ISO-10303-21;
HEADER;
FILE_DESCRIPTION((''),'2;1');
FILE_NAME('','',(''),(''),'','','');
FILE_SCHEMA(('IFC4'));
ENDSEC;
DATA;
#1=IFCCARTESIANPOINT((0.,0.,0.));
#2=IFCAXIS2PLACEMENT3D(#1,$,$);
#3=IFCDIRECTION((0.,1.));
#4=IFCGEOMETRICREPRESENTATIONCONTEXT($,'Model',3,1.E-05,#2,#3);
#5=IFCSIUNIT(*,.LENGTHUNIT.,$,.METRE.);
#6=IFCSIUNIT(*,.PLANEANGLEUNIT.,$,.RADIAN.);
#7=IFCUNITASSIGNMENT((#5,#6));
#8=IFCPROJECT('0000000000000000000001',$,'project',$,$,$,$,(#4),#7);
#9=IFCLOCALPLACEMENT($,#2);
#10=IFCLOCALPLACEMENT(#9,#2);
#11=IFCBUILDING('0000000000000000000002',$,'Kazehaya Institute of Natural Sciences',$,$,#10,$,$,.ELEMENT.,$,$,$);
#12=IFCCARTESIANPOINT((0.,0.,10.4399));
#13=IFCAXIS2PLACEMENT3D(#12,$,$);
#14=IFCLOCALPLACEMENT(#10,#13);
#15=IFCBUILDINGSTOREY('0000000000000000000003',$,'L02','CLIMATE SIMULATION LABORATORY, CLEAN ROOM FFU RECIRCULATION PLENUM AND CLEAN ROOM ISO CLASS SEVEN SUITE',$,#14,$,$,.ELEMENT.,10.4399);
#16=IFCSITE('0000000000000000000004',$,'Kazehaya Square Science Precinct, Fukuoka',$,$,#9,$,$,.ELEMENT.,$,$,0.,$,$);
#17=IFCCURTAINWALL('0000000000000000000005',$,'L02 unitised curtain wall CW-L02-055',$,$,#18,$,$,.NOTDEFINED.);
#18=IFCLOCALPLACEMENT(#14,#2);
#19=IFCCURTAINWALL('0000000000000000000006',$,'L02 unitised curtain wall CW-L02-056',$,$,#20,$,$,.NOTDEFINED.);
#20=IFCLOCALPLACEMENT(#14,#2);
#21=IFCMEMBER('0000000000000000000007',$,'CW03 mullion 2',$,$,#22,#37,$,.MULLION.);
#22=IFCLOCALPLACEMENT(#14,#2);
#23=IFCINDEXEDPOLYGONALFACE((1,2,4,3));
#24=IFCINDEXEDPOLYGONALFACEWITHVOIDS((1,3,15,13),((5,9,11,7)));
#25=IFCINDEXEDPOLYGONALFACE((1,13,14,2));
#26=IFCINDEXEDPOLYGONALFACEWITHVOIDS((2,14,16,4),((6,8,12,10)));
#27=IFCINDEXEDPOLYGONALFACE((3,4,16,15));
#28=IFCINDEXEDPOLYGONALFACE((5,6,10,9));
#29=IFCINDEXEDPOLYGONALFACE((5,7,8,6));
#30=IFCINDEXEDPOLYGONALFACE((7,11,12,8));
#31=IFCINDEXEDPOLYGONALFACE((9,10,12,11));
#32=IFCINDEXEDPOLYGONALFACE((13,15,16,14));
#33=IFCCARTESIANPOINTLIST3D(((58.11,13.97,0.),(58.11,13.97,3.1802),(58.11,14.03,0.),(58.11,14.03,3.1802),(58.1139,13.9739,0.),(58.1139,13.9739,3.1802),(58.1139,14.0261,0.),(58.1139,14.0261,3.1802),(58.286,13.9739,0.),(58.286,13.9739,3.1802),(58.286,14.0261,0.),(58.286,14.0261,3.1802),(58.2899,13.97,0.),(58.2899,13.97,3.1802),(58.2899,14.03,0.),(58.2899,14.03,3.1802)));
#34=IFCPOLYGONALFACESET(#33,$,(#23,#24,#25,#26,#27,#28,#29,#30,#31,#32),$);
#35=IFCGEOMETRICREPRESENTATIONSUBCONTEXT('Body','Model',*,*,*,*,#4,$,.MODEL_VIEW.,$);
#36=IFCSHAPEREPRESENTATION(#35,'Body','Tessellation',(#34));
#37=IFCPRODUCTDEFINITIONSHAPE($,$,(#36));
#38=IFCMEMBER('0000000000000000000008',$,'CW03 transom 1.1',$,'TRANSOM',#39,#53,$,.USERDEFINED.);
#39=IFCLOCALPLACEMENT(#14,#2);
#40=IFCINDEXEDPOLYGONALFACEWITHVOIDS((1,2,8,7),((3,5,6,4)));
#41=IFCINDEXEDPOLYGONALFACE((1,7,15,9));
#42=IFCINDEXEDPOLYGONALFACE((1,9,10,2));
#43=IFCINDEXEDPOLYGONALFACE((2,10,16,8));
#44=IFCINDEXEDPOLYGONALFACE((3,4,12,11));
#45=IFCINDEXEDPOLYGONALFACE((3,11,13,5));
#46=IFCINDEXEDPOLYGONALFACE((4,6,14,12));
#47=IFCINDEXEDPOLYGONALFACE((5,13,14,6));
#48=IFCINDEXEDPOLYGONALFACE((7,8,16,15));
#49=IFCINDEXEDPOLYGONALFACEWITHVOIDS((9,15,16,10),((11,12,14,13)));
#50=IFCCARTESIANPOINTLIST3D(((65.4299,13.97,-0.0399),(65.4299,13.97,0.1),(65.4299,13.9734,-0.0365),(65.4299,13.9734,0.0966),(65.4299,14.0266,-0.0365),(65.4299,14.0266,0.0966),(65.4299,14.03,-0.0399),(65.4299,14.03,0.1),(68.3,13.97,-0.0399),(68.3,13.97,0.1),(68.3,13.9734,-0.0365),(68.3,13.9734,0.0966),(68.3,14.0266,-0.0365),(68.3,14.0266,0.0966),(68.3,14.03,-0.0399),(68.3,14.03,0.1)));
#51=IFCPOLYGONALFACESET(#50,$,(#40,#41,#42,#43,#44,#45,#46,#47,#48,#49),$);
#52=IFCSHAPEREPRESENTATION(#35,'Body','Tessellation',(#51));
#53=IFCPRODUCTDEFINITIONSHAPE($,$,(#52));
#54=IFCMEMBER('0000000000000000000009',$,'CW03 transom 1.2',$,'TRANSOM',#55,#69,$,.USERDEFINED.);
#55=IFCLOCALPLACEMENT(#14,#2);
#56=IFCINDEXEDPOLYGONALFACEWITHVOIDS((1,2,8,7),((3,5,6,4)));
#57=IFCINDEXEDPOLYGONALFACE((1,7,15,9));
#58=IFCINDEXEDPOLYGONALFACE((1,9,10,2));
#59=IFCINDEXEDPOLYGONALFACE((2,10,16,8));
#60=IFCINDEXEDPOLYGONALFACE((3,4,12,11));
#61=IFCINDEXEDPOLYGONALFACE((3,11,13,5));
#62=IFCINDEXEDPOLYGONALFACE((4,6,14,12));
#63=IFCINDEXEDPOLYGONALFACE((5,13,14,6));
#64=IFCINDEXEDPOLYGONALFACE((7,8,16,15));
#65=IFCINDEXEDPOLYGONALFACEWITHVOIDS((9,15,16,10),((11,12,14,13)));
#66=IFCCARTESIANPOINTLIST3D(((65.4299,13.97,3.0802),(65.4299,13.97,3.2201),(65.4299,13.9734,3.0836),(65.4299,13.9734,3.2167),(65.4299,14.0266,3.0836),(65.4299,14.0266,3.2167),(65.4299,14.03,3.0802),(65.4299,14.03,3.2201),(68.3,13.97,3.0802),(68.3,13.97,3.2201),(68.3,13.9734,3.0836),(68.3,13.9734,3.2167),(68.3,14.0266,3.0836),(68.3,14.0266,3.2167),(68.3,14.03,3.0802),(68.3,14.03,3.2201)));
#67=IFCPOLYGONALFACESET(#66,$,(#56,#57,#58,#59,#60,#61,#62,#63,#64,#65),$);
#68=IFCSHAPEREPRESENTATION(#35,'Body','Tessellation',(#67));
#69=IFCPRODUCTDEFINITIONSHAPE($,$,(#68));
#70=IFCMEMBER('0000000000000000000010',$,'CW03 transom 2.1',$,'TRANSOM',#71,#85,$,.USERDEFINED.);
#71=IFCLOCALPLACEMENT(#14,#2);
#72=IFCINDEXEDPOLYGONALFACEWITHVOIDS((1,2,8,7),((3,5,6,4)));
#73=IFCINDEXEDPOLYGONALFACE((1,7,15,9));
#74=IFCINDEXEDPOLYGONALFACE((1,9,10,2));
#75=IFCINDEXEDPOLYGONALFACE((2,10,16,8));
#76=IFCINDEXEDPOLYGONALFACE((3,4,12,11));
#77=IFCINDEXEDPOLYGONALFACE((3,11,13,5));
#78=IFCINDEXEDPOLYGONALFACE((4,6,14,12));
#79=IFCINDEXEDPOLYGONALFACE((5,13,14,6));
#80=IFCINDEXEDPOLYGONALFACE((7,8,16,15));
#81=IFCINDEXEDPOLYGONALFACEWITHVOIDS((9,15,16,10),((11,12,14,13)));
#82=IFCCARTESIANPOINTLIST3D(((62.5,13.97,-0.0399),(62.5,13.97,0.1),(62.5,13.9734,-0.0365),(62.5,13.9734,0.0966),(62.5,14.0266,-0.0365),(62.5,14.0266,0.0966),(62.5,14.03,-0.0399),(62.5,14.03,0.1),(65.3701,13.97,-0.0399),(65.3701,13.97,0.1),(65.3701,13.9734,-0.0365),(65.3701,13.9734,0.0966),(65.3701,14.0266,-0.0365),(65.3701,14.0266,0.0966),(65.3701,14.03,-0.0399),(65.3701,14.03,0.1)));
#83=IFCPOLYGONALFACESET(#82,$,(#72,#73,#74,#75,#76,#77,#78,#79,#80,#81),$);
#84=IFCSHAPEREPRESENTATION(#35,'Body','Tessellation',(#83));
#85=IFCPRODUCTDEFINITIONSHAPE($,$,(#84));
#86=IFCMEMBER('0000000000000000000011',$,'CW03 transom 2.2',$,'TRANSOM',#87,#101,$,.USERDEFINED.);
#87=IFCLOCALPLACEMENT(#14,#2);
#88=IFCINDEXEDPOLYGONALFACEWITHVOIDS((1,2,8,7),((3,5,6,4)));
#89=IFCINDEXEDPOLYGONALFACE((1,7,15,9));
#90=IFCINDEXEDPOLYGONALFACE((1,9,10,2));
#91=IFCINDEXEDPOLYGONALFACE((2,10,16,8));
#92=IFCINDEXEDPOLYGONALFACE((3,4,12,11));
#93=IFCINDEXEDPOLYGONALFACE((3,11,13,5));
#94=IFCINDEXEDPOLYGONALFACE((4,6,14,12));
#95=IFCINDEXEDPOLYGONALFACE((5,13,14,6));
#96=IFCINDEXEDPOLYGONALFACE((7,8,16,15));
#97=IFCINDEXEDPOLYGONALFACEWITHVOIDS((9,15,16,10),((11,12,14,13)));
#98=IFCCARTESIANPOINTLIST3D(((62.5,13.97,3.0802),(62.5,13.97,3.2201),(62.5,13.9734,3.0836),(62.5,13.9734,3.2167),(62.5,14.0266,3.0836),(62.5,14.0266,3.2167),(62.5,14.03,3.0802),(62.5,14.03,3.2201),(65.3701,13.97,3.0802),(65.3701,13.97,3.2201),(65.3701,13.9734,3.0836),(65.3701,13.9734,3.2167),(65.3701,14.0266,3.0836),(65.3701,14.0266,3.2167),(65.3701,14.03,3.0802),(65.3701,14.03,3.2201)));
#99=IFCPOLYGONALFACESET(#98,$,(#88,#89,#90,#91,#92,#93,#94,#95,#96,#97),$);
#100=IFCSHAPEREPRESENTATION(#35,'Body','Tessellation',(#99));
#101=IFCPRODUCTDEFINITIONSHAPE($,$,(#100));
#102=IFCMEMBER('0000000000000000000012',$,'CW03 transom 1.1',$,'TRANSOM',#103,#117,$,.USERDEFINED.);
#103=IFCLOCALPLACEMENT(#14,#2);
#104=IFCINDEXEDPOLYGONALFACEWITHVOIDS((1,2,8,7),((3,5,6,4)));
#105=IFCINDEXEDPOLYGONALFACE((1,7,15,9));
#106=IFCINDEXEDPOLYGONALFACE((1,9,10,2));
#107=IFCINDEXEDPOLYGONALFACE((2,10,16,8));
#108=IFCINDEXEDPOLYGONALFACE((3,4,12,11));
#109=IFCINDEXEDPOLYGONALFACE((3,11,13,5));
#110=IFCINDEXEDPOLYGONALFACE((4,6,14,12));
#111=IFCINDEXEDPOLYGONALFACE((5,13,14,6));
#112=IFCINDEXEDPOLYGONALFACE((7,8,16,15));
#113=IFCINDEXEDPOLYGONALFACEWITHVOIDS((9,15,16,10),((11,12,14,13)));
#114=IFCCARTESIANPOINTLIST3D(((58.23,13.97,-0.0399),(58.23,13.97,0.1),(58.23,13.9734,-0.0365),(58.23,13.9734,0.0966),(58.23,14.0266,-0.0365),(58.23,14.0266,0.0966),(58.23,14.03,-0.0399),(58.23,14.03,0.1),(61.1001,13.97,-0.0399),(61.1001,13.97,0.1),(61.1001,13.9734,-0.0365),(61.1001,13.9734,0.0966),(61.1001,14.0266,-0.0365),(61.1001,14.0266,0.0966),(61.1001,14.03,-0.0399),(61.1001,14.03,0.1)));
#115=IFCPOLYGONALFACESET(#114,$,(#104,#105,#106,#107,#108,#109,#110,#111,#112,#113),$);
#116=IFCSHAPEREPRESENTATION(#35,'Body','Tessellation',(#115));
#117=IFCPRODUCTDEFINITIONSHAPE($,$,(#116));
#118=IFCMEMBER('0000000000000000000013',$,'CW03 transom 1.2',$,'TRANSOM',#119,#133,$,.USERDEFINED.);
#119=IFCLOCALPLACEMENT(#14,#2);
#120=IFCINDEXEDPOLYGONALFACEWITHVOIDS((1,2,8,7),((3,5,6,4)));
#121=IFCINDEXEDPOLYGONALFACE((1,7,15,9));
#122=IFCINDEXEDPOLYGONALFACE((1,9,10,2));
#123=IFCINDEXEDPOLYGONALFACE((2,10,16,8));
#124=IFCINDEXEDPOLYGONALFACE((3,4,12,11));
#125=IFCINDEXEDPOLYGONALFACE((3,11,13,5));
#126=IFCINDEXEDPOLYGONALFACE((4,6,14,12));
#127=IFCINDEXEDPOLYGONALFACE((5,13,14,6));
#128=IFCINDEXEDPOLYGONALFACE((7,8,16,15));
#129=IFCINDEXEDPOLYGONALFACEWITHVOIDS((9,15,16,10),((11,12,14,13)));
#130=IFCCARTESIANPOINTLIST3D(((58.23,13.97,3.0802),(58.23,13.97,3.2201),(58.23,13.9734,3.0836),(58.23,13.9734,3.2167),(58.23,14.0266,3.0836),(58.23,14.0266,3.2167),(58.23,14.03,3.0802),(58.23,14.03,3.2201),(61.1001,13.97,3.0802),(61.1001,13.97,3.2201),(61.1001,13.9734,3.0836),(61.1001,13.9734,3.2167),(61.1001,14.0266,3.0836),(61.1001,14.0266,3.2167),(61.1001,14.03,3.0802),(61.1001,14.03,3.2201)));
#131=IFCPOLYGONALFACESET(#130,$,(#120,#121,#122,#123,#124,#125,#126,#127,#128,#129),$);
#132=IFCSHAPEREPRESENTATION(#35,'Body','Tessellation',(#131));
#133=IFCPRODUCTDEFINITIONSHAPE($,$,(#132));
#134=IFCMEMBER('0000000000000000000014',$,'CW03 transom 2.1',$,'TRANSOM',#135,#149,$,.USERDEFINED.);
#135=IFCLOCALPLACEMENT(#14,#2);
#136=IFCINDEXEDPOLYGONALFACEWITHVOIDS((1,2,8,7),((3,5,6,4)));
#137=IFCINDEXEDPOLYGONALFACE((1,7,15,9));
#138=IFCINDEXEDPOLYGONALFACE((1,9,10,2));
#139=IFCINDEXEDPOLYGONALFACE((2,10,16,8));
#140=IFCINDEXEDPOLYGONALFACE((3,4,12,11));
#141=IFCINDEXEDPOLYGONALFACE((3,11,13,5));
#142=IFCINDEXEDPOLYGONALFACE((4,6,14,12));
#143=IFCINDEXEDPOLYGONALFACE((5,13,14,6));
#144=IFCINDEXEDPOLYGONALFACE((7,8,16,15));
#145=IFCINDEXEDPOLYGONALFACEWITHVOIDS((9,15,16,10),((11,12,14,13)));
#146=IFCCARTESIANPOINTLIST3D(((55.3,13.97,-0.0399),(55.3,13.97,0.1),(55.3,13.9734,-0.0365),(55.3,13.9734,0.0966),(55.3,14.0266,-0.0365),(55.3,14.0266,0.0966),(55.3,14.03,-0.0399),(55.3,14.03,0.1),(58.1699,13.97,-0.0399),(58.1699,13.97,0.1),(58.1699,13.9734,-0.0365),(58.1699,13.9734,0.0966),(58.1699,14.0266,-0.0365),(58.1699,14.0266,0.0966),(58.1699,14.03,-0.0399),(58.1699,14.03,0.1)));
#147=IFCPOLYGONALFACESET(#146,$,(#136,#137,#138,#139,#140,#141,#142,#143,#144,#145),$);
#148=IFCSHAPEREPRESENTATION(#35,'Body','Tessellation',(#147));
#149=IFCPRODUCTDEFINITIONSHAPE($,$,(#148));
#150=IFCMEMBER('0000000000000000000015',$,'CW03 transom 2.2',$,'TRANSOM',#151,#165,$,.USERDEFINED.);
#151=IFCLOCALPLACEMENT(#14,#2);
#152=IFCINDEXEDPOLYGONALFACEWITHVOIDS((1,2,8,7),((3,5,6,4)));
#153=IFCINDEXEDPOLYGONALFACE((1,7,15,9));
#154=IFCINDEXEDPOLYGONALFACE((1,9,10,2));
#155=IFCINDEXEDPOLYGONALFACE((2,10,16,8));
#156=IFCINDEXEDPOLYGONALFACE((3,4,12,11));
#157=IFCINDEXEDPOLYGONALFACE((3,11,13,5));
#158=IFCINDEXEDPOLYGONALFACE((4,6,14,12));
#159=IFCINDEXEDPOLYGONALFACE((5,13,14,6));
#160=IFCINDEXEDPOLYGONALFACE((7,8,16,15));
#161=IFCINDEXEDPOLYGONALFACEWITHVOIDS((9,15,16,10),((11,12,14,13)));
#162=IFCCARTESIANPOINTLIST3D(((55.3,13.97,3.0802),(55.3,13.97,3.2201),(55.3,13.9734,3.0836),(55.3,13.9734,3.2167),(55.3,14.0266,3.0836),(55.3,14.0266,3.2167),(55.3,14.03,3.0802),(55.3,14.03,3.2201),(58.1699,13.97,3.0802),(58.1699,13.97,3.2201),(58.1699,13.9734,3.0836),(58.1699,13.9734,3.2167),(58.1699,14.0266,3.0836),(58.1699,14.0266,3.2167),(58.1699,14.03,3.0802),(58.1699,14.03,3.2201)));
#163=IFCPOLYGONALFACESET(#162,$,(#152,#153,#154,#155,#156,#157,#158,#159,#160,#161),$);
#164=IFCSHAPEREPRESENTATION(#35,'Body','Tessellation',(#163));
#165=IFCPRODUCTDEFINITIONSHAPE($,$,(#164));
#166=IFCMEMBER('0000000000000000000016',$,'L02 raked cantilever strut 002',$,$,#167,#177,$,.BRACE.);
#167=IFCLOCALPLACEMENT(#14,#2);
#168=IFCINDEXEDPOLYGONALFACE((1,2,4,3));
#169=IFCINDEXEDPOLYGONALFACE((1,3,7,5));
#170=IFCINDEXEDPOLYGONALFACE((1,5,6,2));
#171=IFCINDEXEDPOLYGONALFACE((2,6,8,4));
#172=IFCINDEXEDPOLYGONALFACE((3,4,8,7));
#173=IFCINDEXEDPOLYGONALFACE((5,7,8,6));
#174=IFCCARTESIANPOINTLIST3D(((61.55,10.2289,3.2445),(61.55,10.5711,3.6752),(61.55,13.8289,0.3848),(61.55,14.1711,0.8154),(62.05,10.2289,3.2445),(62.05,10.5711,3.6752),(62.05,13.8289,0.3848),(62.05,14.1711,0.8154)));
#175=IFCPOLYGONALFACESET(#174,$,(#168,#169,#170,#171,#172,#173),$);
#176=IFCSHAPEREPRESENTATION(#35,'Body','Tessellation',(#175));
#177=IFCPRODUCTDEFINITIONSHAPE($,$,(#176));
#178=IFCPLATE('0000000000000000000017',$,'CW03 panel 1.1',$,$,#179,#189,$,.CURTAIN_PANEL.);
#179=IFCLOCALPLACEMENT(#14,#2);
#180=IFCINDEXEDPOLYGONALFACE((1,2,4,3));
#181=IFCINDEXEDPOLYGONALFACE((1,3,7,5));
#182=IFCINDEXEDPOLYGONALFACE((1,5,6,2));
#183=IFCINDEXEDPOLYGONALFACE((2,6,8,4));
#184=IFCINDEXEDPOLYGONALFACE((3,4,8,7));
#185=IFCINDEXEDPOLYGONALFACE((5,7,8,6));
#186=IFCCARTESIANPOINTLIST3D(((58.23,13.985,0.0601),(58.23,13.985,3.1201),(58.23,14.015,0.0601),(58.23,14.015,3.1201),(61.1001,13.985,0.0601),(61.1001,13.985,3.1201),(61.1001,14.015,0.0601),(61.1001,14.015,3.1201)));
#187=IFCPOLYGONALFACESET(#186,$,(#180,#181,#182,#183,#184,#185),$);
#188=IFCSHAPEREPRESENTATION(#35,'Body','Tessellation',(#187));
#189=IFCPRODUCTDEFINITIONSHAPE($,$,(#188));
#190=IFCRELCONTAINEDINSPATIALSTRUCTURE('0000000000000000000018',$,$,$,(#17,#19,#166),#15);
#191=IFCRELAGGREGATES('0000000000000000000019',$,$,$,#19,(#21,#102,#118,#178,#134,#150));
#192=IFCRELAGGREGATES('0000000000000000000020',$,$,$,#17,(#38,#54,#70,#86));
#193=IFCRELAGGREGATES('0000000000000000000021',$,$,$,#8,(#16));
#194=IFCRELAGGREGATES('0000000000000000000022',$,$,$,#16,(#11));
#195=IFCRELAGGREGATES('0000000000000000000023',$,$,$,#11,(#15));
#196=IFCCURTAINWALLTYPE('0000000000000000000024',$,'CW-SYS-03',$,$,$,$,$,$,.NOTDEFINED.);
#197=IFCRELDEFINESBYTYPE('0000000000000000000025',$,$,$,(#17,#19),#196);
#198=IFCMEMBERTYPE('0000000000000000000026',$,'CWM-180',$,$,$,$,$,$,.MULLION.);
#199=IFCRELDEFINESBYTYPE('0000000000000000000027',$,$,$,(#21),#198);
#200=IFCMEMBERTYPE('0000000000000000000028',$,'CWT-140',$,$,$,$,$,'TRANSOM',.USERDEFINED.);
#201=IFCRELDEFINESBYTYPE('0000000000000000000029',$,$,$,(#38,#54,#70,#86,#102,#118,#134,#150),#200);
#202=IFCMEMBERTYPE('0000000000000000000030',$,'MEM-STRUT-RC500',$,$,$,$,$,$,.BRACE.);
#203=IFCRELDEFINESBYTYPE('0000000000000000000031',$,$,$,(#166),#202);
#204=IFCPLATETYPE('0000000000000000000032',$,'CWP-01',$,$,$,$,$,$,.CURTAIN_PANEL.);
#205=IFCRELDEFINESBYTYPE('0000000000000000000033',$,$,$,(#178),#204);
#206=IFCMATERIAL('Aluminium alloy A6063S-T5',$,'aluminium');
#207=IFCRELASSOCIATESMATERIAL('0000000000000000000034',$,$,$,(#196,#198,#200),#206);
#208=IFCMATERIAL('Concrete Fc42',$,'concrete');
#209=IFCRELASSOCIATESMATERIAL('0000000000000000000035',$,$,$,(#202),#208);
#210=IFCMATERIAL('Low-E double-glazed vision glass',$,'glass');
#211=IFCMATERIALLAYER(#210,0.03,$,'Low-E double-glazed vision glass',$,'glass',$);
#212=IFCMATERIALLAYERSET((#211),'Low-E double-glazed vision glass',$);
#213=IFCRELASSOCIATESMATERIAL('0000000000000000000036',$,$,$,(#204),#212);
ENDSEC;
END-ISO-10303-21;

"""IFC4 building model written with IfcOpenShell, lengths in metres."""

from ifc_helpers import new_model, si_unit, direction, frame, origin, origin_2d, place, context, subcontext, project, spatial, rectangle, hollow_rectangle, extrude, material, layer, layer_set, material_profile, profile_set, type_object, element, aggregate, save


model = new_model("IFC4")

# Units and contexts
model_context = context("Model", 3, precision=1e-05, world=origin(), true_north=direction((0.0, 1.0)))
body_context = subcontext(model_context, "Body", "Model", "MODEL_VIEW")
ifc_project = project(units=[si_unit("LENGTHUNIT", "METRE"), si_unit("PLANEANGLEUNIT", "RADIAN")], contexts=[model_context])

# Site, building, storey
site_placement = place(None, origin())
site = spatial("IfcSite", under=ifc_project, at=site_placement, Name="Kazehaya Square Science Precinct, Fukuoka", CompositionType="ELEMENT", RefElevation=0.0)
building_placement = place(site_placement, origin())
building = spatial("IfcBuilding", under=site, at=building_placement, Name="Kazehaya Institute of Natural Sciences", CompositionType="ELEMENT")
storey_placement = place(building_placement, frame((0.0, 0.0, 10.4399)))
storey = spatial("IfcBuildingStorey", under=building, at=storey_placement, Name="L02", Description="CLIMATE SIMULATION LABORATORY, CLEAN ROOM FFU RECIRCULATION PLENUM AND CLEAN ROOM ISO CLASS SEVEN SUITE", CompositionType="ELEMENT", Elevation=10.4399)

# Shared definitions
ifc_material_1 = material(Name="Concrete Fc42", Category="concrete")

# Curtain walls, member
ifc_material_2 = material(Name="Aluminium alloy A6063S-T5", Category="aluminium")
curtain_wall_type = type_object("IfcCurtainWallType", Name="CW-SYS-03", PredefinedType="NOTDEFINED", material=ifc_material_2)
curtain_wall_1_placement = place(storey_placement, origin())
curtain_wall_1 = element("IfcCurtainWall", 1, at=curtain_wall_1_placement, inside=storey, type_object=curtain_wall_type, Name="L02 unitised curtain wall CW-L02-055", PredefinedType="NOTDEFINED")
ifc_material_profile_1 = material_profile(ifc_material_2, hollow_rectangle(XDim=0.0601, YDim=0.1799, WallThickness=0.0039, at=origin_2d()), Name="ALU-60x180x4")
ifc_profile_set_1 = profile_set([ifc_material_profile_1], Name="Aluminium alloy A6063S-T5")
member_type_1 = type_object("IfcMemberType", Name="CWM-180", PredefinedType="MULLION", material=ifc_profile_set_1)
curtain_wall_2_placement = place(storey_placement, origin())
curtain_wall_2 = element("IfcCurtainWall", 2, at=curtain_wall_2_placement, inside=storey, type_object=curtain_wall_type, Name="L02 unitised curtain wall CW-L02-056", PredefinedType="NOTDEFINED")
member_1_placement = place(storey_placement, frame((58.2, 14.0, 0.0), z_axis=(0.0, 0.0, 1.0), x_axis=(0.0, -1.0, 0.0)))
member_1 = element("IfcMember", 3, at=member_1_placement, type_object=member_type_1, Name="CW03 mullion 2", PredefinedType="MULLION", context=body_context, shape_type="SweptSolid", body=[
    extrude(hollow_rectangle(XDim=0.0601, YDim=0.1799, WallThickness=0.0039, at=origin_2d()), origin(), (0.0, 0.0, 1.0), 3.1802),
])

# Members
ifc_material_profile_2 = material_profile(ifc_material_2, hollow_rectangle(XDim=0.0601, YDim=0.1399, WallThickness=0.0034, at=origin_2d()), Name="ALU-60x140x3.5")
ifc_profile_set_2 = profile_set([ifc_material_profile_2], Name="Aluminium alloy A6063S-T5")
member_type_2 = type_object("IfcMemberType", Name="CWT-140", ElementType="TRANSOM", PredefinedType="USERDEFINED", material=ifc_profile_set_2)
member_2_placement = place(storey_placement, frame((68.3, 14.0, 0.03), z_axis=(-1.0, 0.0, 0.0), x_axis=(0.0, -1.0, 0.0)))
member_2 = element("IfcMember", 4, at=member_2_placement, type_object=member_type_2, Name="CW03 transom 1.1", ObjectType="TRANSOM", PredefinedType="USERDEFINED", context=body_context, shape_type="SweptSolid", body=[
    extrude(hollow_rectangle(XDim=0.0601, YDim=0.1399, WallThickness=0.0034, at=origin_2d()), origin(), (0.0, 0.0, 1.0), 2.8701),
])
member_3_placement = place(storey_placement, frame((68.3, 14.0, 3.1501), z_axis=(-1.0, 0.0, 0.0), x_axis=(0.0, -1.0, 0.0)))
member_3 = element("IfcMember", 5, at=member_3_placement, type_object=member_type_2, Name="CW03 transom 1.2", ObjectType="TRANSOM", PredefinedType="USERDEFINED", context=body_context, shape_type="SweptSolid", body=[
    extrude(hollow_rectangle(XDim=0.0601, YDim=0.1399, WallThickness=0.0034, at=origin_2d()), origin(), (0.0, 0.0, 1.0), 2.8701),
])
member_4_placement = place(storey_placement, frame((65.3701, 14.0, 0.03), z_axis=(-1.0, 0.0, 0.0), x_axis=(0.0, -1.0, 0.0)))
member_4 = element("IfcMember", 6, at=member_4_placement, type_object=member_type_2, Name="CW03 transom 2.1", ObjectType="TRANSOM", PredefinedType="USERDEFINED", context=body_context, shape_type="SweptSolid", body=[
    extrude(hollow_rectangle(XDim=0.0601, YDim=0.1399, WallThickness=0.0034, at=origin_2d()), origin(), (0.0, 0.0, 1.0), 2.8701),
])
member_5_placement = place(storey_placement, frame((65.3701, 14.0, 3.1501), z_axis=(-1.0, 0.0, 0.0), x_axis=(0.0, -1.0, 0.0)))
member_5 = element("IfcMember", 7, at=member_5_placement, type_object=member_type_2, Name="CW03 transom 2.2", ObjectType="TRANSOM", PredefinedType="USERDEFINED", context=body_context, shape_type="SweptSolid", body=[
    extrude(hollow_rectangle(XDim=0.0601, YDim=0.1399, WallThickness=0.0034, at=origin_2d()), origin(), (0.0, 0.0, 1.0), 2.8701),
])
member_6_placement = place(storey_placement, frame((61.1001, 14.0, 0.03), z_axis=(-1.0, 0.0, 0.0), x_axis=(0.0, -1.0, 0.0)))
member_6 = element("IfcMember", 8, at=member_6_placement, type_object=member_type_2, Name="CW03 transom 1.1", ObjectType="TRANSOM", PredefinedType="USERDEFINED", context=body_context, shape_type="SweptSolid", body=[
    extrude(hollow_rectangle(XDim=0.0601, YDim=0.1399, WallThickness=0.0034, at=origin_2d()), origin(), (0.0, 0.0, 1.0), 2.8701),
])
member_7_placement = place(storey_placement, frame((61.1001, 14.0, 3.1501), z_axis=(-1.0, 0.0, 0.0), x_axis=(0.0, -1.0, 0.0)))
member_7 = element("IfcMember", 9, at=member_7_placement, type_object=member_type_2, Name="CW03 transom 1.2", ObjectType="TRANSOM", PredefinedType="USERDEFINED", context=body_context, shape_type="SweptSolid", body=[
    extrude(hollow_rectangle(XDim=0.0601, YDim=0.1399, WallThickness=0.0034, at=origin_2d()), origin(), (0.0, 0.0, 1.0), 2.8701),
])
member_8_placement = place(storey_placement, frame((58.1699, 14.0, 0.03), z_axis=(-1.0, 0.0, 0.0), x_axis=(0.0, -1.0, 0.0)))
member_8 = element("IfcMember", 10, at=member_8_placement, type_object=member_type_2, Name="CW03 transom 2.1", ObjectType="TRANSOM", PredefinedType="USERDEFINED", context=body_context, shape_type="SweptSolid", body=[
    extrude(hollow_rectangle(XDim=0.0601, YDim=0.1399, WallThickness=0.0034, at=origin_2d()), origin(), (0.0, 0.0, 1.0), 2.8699),
])
member_9_placement = place(storey_placement, frame((58.1699, 14.0, 3.1501), z_axis=(-1.0, 0.0, 0.0), x_axis=(0.0, -1.0, 0.0)))
member_9 = element("IfcMember", 11, at=member_9_placement, type_object=member_type_2, Name="CW03 transom 2.2", ObjectType="TRANSOM", PredefinedType="USERDEFINED", context=body_context, shape_type="SweptSolid", body=[
    extrude(hollow_rectangle(XDim=0.0601, YDim=0.1399, WallThickness=0.0034, at=origin_2d()), origin(), (0.0, 0.0, 1.0), 2.8699),
])
ifc_material_profile_3 = material_profile(ifc_material_1, rectangle(XDim=0.5, YDim=0.55, at=origin_2d()), Name="RC-500x550")
ifc_profile_set_3 = profile_set([ifc_material_profile_3], Name="Concrete Fc42")
member_type_3 = type_object("IfcMemberType", Name="MEM-STRUT-RC500", PredefinedType="BRACE", material=ifc_profile_set_3)
member_10_placement = place(storey_placement, frame((61.8, 14.0, 0.6001), z_axis=(0.0, -0.783009, 0.62201), x_axis=(1.0, 0.0, 0.0)))
element("IfcMember", 12, at=member_10_placement, inside=storey, type_object=member_type_3, Name="L02 raked cantilever strut 002", PredefinedType="BRACE", context=body_context, shape_type="SweptSolid", body=[
    extrude(rectangle(XDim=0.5, YDim=0.55, at=origin_2d()), origin(), (0.0, 0.0, 1.0), 4.5977),
])

# Plate
ifc_material_3 = material(Name="Low-E double-glazed vision glass", Category="glass")
ifc_layer_1 = layer(ifc_material_3, 0.03, Name="Low-E double-glazed vision glass", Category="glass")
ifc_layer_set_1 = layer_set([ifc_layer_1], Name="Low-E double-glazed vision glass")
plate_type_1 = type_object("IfcPlateType", Name="CWP-01", PredefinedType="CURTAIN_PANEL", material=ifc_layer_set_1)
plate_1_placement = place(storey_placement, frame((59.665, 14.0, 0.0601), z_axis=(0.0, 0.0, 1.0), x_axis=(-1.0, 0.0, 0.0)))
plate_1 = element("IfcPlate", 13, at=plate_1_placement, type_object=plate_type_1, Name="CW03 panel 1.1", PredefinedType="CURTAIN_PANEL", context=body_context, shape_type="SweptSolid", body=[
    extrude(rectangle(XDim=2.8701, YDim=0.03, at=origin_2d()), origin(), (0.0, 0.0, 1.0), 3.0601),
])
aggregate(curtain_wall_2, [member_1, member_6, member_7, plate_1, member_8, member_9])
aggregate(curtain_wall_1, [member_2, member_3, member_4, member_5])

save(model, "model.ifc")
